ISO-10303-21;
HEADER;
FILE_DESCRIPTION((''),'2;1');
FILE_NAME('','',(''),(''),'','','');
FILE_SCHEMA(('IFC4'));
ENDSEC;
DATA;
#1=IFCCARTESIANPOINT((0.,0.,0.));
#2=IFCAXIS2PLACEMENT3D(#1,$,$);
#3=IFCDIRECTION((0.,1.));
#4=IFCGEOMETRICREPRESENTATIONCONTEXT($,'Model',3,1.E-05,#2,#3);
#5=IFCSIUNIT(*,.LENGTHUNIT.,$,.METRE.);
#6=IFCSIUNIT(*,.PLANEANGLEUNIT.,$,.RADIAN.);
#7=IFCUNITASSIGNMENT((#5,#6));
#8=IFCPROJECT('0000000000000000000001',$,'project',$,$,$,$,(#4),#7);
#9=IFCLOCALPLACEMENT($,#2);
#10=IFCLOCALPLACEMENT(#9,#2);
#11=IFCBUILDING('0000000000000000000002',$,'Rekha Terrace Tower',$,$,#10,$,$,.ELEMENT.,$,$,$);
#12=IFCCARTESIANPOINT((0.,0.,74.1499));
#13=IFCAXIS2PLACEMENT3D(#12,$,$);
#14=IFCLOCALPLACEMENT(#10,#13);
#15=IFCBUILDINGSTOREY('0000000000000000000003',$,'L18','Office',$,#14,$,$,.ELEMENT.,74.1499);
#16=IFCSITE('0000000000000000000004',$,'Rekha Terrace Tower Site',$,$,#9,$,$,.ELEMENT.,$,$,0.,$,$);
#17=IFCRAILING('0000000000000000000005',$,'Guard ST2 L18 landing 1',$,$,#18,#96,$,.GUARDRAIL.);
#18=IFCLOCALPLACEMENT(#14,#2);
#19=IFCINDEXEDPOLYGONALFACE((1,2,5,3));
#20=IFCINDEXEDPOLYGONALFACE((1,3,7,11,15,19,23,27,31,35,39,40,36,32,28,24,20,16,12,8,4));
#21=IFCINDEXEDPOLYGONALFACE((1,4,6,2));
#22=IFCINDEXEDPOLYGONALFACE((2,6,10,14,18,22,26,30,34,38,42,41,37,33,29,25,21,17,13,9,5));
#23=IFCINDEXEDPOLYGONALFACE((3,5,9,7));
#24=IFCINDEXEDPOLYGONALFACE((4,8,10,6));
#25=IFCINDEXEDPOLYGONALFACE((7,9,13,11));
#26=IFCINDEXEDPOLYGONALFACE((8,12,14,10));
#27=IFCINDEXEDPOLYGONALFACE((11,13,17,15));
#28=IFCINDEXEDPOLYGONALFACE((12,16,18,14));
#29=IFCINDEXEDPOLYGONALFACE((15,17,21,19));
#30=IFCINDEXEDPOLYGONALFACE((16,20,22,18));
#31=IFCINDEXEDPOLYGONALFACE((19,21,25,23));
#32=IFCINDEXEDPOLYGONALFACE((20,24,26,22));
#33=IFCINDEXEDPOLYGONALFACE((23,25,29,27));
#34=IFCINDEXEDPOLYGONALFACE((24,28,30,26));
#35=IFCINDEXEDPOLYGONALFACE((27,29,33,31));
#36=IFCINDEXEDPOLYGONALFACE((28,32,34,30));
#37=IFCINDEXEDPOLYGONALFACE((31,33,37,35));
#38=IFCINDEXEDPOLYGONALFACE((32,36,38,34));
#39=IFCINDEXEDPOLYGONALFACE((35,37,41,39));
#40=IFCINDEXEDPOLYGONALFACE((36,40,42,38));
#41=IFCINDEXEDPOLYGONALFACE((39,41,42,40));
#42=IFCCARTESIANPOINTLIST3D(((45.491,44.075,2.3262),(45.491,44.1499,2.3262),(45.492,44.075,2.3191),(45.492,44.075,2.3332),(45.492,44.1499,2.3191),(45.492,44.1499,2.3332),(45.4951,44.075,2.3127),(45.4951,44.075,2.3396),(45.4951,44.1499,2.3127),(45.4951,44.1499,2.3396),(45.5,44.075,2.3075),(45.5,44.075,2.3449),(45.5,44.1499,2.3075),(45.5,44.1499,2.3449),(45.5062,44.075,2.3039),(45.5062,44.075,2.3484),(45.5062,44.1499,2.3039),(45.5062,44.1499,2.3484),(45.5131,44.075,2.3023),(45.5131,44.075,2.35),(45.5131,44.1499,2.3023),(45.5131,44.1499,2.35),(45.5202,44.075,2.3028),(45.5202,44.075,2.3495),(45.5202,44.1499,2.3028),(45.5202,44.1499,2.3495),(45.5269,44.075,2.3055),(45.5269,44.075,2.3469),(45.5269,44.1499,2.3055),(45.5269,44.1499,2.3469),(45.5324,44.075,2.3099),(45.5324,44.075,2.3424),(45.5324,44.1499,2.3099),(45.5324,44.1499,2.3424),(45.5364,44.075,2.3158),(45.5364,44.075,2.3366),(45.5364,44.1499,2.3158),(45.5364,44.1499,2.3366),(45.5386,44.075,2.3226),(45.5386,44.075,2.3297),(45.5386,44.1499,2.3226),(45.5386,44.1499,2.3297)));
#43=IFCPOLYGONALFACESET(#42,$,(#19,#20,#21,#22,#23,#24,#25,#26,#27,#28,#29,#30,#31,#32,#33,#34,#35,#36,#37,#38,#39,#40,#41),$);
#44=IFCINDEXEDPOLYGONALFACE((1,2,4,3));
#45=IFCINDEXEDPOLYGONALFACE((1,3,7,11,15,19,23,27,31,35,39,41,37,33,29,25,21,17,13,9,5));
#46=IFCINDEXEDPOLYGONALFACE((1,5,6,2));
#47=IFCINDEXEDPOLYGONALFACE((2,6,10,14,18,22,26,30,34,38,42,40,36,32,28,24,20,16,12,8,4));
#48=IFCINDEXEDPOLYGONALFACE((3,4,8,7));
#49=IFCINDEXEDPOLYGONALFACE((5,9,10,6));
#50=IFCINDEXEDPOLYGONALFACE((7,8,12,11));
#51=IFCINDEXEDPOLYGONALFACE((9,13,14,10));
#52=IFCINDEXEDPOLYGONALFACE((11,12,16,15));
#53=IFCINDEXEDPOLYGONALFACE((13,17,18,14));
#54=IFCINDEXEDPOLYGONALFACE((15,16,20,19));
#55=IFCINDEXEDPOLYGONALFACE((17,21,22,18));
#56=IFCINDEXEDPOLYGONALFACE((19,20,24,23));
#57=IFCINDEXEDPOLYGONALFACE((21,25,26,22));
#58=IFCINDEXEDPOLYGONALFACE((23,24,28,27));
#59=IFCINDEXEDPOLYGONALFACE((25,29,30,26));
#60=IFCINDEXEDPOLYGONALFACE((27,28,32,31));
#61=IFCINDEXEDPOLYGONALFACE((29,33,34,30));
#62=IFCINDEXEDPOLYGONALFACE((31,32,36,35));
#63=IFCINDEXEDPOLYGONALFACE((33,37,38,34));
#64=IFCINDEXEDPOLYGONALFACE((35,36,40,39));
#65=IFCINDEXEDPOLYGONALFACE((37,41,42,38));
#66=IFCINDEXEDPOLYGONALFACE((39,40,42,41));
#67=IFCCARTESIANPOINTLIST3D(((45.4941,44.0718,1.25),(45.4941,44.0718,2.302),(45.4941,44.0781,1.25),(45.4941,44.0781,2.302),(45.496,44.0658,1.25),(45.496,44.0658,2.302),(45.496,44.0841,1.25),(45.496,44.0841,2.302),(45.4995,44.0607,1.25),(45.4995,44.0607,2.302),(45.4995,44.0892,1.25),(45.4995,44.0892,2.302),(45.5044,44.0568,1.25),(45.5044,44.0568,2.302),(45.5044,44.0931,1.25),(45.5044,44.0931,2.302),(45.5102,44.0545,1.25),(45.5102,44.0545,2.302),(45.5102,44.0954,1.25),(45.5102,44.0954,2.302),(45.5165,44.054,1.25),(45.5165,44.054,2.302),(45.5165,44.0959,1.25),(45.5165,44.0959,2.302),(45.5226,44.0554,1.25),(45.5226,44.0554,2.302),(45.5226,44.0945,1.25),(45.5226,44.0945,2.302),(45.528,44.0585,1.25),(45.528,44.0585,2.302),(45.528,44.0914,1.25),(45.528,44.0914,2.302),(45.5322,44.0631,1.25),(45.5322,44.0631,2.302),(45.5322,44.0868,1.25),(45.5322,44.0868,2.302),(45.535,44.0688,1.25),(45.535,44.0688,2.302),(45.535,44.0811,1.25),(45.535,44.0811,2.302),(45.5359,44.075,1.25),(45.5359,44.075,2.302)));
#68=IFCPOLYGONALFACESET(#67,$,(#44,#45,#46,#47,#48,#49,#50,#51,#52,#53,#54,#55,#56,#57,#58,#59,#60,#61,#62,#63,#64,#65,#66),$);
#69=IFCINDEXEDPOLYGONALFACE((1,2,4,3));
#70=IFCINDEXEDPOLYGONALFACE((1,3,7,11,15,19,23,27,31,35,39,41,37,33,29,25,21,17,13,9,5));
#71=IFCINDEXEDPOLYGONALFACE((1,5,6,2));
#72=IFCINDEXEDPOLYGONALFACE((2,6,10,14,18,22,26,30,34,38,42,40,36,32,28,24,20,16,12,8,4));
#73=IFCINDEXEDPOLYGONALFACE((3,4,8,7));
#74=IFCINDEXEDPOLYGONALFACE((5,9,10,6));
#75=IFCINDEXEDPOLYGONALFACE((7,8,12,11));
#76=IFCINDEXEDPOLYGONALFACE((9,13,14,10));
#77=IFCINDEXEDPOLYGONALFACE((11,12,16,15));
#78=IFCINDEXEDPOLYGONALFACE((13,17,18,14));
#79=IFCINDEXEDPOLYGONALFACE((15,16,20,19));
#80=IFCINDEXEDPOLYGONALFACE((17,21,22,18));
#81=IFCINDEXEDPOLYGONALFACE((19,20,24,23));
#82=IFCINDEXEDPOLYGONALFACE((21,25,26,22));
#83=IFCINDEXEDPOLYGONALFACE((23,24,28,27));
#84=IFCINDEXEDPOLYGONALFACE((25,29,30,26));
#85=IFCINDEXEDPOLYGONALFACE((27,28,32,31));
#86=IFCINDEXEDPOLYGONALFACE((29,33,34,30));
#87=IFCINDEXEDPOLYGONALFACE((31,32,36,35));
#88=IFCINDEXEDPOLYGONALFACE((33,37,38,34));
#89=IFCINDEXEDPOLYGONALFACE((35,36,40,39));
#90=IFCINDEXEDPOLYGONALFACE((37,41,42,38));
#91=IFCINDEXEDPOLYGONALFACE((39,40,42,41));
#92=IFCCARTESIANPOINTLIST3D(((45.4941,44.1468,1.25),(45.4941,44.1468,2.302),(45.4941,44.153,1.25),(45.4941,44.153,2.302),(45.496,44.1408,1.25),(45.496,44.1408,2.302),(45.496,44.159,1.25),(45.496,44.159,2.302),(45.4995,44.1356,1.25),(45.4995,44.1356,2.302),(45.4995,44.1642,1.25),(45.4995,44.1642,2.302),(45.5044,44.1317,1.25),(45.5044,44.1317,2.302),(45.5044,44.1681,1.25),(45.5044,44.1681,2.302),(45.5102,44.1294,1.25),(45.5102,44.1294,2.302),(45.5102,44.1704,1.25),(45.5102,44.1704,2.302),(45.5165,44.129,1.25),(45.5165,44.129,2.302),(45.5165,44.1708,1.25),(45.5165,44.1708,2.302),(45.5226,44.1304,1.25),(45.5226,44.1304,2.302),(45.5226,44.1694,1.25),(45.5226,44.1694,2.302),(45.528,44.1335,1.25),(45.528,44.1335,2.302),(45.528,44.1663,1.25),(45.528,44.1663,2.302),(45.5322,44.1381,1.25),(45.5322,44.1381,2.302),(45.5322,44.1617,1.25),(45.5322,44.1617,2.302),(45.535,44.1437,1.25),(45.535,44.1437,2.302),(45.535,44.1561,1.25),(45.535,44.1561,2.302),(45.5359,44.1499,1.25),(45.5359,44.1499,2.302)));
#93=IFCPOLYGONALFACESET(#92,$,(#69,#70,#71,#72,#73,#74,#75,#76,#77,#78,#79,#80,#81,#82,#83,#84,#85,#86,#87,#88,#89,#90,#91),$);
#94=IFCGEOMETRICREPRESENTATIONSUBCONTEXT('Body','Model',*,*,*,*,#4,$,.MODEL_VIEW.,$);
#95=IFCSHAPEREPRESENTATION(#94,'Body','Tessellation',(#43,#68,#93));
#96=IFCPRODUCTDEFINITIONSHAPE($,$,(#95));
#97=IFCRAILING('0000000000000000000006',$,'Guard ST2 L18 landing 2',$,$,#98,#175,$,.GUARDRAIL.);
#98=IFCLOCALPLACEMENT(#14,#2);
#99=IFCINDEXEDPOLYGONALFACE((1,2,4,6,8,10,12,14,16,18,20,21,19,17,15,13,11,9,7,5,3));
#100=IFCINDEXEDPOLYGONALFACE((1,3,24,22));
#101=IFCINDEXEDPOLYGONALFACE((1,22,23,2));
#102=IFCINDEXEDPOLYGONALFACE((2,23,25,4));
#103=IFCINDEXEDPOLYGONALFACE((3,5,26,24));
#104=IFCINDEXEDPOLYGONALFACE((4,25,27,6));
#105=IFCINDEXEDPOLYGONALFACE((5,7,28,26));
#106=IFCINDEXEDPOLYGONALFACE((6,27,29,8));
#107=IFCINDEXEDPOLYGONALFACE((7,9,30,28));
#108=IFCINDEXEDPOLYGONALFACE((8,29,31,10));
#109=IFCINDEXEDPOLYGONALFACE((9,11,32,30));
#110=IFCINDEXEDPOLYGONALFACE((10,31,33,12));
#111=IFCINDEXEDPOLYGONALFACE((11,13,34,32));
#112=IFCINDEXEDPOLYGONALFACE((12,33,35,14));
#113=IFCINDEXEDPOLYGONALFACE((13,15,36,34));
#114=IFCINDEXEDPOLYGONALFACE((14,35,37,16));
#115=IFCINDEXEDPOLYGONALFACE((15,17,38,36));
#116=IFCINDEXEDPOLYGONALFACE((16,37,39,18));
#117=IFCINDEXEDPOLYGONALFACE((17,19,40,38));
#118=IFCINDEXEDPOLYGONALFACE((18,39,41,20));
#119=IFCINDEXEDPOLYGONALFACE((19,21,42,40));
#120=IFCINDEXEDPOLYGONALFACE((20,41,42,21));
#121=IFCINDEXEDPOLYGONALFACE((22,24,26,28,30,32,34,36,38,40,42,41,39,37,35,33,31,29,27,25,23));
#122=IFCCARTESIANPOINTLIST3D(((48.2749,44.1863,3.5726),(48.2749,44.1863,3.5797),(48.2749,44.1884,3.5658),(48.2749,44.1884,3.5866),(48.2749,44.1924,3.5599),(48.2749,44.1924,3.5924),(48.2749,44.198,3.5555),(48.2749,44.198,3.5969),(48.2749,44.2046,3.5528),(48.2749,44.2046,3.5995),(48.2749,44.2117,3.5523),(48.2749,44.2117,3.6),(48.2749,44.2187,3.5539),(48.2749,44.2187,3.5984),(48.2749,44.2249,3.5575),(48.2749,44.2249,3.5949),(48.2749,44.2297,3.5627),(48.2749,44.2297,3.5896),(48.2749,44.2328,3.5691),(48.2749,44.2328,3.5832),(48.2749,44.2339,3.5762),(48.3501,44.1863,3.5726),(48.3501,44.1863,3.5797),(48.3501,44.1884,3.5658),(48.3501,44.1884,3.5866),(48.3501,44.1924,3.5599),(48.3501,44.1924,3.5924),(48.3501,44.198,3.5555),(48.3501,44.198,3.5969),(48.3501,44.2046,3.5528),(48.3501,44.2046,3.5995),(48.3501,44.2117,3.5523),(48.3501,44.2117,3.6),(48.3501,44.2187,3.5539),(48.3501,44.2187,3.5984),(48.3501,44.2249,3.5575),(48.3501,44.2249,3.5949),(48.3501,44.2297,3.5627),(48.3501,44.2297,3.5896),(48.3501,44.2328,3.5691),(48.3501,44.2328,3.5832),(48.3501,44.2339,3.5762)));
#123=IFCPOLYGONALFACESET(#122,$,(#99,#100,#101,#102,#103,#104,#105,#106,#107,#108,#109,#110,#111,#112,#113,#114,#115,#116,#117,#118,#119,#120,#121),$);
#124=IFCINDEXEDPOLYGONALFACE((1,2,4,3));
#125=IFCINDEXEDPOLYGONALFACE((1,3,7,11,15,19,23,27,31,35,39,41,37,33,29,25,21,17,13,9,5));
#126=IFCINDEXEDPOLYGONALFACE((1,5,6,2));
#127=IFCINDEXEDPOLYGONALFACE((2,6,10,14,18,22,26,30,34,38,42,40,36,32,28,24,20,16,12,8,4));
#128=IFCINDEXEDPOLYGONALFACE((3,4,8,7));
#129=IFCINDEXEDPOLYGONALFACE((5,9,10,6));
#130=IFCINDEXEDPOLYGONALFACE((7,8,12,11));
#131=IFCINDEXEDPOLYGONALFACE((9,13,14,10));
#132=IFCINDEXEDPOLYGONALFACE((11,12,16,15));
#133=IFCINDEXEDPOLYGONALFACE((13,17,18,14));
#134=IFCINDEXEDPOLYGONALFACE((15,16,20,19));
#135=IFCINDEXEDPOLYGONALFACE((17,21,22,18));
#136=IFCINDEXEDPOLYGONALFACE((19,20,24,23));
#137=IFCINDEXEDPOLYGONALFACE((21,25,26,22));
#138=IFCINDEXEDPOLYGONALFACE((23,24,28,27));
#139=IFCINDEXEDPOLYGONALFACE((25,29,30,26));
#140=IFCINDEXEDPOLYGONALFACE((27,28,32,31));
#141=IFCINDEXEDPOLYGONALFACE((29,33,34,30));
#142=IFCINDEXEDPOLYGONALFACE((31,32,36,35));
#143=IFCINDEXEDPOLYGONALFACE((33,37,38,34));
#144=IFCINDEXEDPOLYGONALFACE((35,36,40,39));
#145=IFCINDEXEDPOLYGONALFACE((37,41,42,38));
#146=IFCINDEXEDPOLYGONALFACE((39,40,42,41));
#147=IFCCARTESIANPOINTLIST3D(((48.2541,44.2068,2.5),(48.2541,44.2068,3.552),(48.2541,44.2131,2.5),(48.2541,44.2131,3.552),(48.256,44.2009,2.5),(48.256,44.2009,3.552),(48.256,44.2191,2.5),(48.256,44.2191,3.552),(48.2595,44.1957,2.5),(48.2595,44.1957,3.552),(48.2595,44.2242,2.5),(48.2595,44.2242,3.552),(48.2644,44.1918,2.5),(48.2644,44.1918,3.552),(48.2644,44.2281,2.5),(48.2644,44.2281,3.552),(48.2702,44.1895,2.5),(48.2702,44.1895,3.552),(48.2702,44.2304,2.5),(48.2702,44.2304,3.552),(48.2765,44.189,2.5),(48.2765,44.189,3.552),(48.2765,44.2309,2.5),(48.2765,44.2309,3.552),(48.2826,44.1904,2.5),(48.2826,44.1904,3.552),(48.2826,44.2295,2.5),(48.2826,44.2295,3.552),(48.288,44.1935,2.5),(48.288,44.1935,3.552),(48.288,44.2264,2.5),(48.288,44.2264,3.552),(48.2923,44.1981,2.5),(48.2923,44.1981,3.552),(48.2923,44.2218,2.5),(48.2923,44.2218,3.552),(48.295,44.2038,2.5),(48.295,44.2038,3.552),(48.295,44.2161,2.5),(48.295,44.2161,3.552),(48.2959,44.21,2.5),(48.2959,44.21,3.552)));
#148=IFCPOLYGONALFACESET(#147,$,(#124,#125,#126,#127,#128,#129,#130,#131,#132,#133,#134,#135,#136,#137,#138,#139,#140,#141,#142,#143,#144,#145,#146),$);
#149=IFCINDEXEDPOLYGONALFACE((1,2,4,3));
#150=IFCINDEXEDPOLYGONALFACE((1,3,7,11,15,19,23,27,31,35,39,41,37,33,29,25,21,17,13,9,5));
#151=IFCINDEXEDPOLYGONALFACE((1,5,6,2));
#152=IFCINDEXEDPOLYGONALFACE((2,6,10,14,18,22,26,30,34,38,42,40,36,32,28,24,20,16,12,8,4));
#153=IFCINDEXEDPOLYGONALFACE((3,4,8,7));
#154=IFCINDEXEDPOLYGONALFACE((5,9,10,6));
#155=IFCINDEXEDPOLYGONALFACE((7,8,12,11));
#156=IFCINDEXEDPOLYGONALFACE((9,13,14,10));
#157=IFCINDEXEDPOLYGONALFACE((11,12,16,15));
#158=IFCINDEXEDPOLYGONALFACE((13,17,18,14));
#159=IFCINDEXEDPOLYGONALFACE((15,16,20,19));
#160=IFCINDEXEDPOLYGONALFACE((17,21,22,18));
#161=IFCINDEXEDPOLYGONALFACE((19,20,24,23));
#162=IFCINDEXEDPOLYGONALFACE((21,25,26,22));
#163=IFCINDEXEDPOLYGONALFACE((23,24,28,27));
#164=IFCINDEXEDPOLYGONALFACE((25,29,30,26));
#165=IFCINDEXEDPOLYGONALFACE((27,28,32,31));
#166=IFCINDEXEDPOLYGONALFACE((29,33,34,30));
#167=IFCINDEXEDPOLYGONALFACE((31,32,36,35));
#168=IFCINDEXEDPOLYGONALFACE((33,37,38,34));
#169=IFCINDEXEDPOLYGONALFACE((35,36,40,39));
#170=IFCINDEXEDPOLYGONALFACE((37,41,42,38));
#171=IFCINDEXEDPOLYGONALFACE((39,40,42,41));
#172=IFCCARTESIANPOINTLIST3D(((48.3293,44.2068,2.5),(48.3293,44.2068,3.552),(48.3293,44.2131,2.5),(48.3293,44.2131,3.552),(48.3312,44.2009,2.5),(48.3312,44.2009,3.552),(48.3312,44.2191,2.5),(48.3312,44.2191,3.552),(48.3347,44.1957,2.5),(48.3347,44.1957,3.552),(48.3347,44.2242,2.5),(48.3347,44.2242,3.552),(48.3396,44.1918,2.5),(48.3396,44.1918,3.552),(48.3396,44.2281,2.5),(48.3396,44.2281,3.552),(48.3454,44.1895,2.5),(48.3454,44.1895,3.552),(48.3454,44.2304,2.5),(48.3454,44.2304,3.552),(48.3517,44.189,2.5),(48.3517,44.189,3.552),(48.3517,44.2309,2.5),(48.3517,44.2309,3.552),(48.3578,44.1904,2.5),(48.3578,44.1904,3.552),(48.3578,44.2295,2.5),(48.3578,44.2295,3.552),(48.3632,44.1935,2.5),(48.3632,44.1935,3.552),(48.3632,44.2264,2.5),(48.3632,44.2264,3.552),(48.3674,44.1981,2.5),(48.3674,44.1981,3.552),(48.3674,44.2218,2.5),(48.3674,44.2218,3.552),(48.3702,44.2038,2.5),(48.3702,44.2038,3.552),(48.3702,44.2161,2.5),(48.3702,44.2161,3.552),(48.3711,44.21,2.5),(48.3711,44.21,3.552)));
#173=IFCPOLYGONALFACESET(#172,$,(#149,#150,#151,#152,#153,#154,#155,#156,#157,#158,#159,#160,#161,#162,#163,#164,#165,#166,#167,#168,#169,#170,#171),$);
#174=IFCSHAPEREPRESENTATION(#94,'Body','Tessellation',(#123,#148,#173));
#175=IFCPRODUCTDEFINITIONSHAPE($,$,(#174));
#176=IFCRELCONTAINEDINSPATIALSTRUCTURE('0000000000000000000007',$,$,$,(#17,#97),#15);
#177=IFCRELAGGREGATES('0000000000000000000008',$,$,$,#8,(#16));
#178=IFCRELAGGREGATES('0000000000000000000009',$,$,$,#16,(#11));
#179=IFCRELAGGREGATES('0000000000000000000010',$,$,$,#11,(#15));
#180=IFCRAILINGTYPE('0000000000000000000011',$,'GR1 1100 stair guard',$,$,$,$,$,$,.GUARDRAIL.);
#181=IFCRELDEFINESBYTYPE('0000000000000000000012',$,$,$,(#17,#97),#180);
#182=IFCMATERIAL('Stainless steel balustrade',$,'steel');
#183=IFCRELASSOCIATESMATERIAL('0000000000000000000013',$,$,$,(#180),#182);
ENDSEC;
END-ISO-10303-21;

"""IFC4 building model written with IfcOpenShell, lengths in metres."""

from ifc_helpers import new_model, si_unit, direction, frame, origin, origin_2d, place, context, subcontext, project, spatial, circle, extrude, material, type_object, element, save


model = new_model("IFC4")

# Units and contexts
model_context = context("Model", 3, precision=1e-05, world=origin(), true_north=direction((0.0, 1.0)))
body_context = subcontext(model_context, "Body", "Model", "MODEL_VIEW")
ifc_project = project(units=[si_unit("LENGTHUNIT", "METRE"), si_unit("PLANEANGLEUNIT", "RADIAN")], contexts=[model_context])

# Site, building, storey
site_placement = place(None, origin())
site = spatial("IfcSite", under=ifc_project, at=site_placement, Name="Rekha Terrace Tower Site", CompositionType="ELEMENT", RefElevation=0.0)
building_placement = place(site_placement, origin())
building = spatial("IfcBuilding", under=site, at=building_placement, Name="Rekha Terrace Tower", CompositionType="ELEMENT")
storey_placement = place(building_placement, frame((0.0, 0.0, 74.1499)))
storey = spatial("IfcBuildingStorey", under=building, at=storey_placement, Name="L18", Description="Office", CompositionType="ELEMENT", Elevation=74.1499)

# Railings
ifc_material_1 = material(Name="Stainless steel balustrade", Category="steel")
railing_type_1 = type_object("IfcRailingType", Name="GR1 1100 stair guard", PredefinedType="GUARDRAIL", material=ifc_material_1)
railing_1_placement = place(storey_placement, frame((45.5149, 44.075, 1.25)))
element("IfcRailing", 1, at=railing_1_placement, inside=storey, type_object=railing_type_1, Name="Guard ST2 L18 landing 1", PredefinedType="GUARDRAIL", context=body_context, shape_type="SweptSolid", body=[
    extrude(circle(Radius=0.0239, at=origin_2d()), frame((0.0, 0.0, 1.0762), z_axis=(0.0, 1.0, 0.0), x_axis=(-1.0, 0.0, 0.0)), (0.0, 0.0, 1.0), 0.075),
    extrude(circle(Radius=0.021, at=origin_2d()), origin(), (0.0, 0.0, 1.0), 1.052),
    extrude(circle(Radius=0.021, at=origin_2d()), frame((0.0, 0.075, 0.0)), (0.0, 0.0, 1.0), 1.052),
])
railing_2_placement = place(storey_placement, frame((48.2749, 44.21, 2.5)))
element("IfcRailing", 2, at=railing_2_placement, inside=storey, type_object=railing_type_1, Name="Guard ST2 L18 landing 2", PredefinedType="GUARDRAIL", context=body_context, shape_type="SweptSolid", body=[
    extrude(circle(Radius=0.0239, at=origin_2d()), frame((0.0, 0.0, 1.0762), z_axis=(1.0, 0.0, 0.0), x_axis=(0.0, 1.0, 0.0)), (0.0, 0.0, 1.0), 0.0752),
    extrude(circle(Radius=0.021, at=origin_2d()), origin(), (0.0, 0.0, 1.0), 1.052),
    extrude(circle(Radius=0.021, at=origin_2d()), frame((0.0752, 0.0, 0.0)), (0.0, 0.0, 1.0), 1.052),
])

save(model, "model.ifc")
